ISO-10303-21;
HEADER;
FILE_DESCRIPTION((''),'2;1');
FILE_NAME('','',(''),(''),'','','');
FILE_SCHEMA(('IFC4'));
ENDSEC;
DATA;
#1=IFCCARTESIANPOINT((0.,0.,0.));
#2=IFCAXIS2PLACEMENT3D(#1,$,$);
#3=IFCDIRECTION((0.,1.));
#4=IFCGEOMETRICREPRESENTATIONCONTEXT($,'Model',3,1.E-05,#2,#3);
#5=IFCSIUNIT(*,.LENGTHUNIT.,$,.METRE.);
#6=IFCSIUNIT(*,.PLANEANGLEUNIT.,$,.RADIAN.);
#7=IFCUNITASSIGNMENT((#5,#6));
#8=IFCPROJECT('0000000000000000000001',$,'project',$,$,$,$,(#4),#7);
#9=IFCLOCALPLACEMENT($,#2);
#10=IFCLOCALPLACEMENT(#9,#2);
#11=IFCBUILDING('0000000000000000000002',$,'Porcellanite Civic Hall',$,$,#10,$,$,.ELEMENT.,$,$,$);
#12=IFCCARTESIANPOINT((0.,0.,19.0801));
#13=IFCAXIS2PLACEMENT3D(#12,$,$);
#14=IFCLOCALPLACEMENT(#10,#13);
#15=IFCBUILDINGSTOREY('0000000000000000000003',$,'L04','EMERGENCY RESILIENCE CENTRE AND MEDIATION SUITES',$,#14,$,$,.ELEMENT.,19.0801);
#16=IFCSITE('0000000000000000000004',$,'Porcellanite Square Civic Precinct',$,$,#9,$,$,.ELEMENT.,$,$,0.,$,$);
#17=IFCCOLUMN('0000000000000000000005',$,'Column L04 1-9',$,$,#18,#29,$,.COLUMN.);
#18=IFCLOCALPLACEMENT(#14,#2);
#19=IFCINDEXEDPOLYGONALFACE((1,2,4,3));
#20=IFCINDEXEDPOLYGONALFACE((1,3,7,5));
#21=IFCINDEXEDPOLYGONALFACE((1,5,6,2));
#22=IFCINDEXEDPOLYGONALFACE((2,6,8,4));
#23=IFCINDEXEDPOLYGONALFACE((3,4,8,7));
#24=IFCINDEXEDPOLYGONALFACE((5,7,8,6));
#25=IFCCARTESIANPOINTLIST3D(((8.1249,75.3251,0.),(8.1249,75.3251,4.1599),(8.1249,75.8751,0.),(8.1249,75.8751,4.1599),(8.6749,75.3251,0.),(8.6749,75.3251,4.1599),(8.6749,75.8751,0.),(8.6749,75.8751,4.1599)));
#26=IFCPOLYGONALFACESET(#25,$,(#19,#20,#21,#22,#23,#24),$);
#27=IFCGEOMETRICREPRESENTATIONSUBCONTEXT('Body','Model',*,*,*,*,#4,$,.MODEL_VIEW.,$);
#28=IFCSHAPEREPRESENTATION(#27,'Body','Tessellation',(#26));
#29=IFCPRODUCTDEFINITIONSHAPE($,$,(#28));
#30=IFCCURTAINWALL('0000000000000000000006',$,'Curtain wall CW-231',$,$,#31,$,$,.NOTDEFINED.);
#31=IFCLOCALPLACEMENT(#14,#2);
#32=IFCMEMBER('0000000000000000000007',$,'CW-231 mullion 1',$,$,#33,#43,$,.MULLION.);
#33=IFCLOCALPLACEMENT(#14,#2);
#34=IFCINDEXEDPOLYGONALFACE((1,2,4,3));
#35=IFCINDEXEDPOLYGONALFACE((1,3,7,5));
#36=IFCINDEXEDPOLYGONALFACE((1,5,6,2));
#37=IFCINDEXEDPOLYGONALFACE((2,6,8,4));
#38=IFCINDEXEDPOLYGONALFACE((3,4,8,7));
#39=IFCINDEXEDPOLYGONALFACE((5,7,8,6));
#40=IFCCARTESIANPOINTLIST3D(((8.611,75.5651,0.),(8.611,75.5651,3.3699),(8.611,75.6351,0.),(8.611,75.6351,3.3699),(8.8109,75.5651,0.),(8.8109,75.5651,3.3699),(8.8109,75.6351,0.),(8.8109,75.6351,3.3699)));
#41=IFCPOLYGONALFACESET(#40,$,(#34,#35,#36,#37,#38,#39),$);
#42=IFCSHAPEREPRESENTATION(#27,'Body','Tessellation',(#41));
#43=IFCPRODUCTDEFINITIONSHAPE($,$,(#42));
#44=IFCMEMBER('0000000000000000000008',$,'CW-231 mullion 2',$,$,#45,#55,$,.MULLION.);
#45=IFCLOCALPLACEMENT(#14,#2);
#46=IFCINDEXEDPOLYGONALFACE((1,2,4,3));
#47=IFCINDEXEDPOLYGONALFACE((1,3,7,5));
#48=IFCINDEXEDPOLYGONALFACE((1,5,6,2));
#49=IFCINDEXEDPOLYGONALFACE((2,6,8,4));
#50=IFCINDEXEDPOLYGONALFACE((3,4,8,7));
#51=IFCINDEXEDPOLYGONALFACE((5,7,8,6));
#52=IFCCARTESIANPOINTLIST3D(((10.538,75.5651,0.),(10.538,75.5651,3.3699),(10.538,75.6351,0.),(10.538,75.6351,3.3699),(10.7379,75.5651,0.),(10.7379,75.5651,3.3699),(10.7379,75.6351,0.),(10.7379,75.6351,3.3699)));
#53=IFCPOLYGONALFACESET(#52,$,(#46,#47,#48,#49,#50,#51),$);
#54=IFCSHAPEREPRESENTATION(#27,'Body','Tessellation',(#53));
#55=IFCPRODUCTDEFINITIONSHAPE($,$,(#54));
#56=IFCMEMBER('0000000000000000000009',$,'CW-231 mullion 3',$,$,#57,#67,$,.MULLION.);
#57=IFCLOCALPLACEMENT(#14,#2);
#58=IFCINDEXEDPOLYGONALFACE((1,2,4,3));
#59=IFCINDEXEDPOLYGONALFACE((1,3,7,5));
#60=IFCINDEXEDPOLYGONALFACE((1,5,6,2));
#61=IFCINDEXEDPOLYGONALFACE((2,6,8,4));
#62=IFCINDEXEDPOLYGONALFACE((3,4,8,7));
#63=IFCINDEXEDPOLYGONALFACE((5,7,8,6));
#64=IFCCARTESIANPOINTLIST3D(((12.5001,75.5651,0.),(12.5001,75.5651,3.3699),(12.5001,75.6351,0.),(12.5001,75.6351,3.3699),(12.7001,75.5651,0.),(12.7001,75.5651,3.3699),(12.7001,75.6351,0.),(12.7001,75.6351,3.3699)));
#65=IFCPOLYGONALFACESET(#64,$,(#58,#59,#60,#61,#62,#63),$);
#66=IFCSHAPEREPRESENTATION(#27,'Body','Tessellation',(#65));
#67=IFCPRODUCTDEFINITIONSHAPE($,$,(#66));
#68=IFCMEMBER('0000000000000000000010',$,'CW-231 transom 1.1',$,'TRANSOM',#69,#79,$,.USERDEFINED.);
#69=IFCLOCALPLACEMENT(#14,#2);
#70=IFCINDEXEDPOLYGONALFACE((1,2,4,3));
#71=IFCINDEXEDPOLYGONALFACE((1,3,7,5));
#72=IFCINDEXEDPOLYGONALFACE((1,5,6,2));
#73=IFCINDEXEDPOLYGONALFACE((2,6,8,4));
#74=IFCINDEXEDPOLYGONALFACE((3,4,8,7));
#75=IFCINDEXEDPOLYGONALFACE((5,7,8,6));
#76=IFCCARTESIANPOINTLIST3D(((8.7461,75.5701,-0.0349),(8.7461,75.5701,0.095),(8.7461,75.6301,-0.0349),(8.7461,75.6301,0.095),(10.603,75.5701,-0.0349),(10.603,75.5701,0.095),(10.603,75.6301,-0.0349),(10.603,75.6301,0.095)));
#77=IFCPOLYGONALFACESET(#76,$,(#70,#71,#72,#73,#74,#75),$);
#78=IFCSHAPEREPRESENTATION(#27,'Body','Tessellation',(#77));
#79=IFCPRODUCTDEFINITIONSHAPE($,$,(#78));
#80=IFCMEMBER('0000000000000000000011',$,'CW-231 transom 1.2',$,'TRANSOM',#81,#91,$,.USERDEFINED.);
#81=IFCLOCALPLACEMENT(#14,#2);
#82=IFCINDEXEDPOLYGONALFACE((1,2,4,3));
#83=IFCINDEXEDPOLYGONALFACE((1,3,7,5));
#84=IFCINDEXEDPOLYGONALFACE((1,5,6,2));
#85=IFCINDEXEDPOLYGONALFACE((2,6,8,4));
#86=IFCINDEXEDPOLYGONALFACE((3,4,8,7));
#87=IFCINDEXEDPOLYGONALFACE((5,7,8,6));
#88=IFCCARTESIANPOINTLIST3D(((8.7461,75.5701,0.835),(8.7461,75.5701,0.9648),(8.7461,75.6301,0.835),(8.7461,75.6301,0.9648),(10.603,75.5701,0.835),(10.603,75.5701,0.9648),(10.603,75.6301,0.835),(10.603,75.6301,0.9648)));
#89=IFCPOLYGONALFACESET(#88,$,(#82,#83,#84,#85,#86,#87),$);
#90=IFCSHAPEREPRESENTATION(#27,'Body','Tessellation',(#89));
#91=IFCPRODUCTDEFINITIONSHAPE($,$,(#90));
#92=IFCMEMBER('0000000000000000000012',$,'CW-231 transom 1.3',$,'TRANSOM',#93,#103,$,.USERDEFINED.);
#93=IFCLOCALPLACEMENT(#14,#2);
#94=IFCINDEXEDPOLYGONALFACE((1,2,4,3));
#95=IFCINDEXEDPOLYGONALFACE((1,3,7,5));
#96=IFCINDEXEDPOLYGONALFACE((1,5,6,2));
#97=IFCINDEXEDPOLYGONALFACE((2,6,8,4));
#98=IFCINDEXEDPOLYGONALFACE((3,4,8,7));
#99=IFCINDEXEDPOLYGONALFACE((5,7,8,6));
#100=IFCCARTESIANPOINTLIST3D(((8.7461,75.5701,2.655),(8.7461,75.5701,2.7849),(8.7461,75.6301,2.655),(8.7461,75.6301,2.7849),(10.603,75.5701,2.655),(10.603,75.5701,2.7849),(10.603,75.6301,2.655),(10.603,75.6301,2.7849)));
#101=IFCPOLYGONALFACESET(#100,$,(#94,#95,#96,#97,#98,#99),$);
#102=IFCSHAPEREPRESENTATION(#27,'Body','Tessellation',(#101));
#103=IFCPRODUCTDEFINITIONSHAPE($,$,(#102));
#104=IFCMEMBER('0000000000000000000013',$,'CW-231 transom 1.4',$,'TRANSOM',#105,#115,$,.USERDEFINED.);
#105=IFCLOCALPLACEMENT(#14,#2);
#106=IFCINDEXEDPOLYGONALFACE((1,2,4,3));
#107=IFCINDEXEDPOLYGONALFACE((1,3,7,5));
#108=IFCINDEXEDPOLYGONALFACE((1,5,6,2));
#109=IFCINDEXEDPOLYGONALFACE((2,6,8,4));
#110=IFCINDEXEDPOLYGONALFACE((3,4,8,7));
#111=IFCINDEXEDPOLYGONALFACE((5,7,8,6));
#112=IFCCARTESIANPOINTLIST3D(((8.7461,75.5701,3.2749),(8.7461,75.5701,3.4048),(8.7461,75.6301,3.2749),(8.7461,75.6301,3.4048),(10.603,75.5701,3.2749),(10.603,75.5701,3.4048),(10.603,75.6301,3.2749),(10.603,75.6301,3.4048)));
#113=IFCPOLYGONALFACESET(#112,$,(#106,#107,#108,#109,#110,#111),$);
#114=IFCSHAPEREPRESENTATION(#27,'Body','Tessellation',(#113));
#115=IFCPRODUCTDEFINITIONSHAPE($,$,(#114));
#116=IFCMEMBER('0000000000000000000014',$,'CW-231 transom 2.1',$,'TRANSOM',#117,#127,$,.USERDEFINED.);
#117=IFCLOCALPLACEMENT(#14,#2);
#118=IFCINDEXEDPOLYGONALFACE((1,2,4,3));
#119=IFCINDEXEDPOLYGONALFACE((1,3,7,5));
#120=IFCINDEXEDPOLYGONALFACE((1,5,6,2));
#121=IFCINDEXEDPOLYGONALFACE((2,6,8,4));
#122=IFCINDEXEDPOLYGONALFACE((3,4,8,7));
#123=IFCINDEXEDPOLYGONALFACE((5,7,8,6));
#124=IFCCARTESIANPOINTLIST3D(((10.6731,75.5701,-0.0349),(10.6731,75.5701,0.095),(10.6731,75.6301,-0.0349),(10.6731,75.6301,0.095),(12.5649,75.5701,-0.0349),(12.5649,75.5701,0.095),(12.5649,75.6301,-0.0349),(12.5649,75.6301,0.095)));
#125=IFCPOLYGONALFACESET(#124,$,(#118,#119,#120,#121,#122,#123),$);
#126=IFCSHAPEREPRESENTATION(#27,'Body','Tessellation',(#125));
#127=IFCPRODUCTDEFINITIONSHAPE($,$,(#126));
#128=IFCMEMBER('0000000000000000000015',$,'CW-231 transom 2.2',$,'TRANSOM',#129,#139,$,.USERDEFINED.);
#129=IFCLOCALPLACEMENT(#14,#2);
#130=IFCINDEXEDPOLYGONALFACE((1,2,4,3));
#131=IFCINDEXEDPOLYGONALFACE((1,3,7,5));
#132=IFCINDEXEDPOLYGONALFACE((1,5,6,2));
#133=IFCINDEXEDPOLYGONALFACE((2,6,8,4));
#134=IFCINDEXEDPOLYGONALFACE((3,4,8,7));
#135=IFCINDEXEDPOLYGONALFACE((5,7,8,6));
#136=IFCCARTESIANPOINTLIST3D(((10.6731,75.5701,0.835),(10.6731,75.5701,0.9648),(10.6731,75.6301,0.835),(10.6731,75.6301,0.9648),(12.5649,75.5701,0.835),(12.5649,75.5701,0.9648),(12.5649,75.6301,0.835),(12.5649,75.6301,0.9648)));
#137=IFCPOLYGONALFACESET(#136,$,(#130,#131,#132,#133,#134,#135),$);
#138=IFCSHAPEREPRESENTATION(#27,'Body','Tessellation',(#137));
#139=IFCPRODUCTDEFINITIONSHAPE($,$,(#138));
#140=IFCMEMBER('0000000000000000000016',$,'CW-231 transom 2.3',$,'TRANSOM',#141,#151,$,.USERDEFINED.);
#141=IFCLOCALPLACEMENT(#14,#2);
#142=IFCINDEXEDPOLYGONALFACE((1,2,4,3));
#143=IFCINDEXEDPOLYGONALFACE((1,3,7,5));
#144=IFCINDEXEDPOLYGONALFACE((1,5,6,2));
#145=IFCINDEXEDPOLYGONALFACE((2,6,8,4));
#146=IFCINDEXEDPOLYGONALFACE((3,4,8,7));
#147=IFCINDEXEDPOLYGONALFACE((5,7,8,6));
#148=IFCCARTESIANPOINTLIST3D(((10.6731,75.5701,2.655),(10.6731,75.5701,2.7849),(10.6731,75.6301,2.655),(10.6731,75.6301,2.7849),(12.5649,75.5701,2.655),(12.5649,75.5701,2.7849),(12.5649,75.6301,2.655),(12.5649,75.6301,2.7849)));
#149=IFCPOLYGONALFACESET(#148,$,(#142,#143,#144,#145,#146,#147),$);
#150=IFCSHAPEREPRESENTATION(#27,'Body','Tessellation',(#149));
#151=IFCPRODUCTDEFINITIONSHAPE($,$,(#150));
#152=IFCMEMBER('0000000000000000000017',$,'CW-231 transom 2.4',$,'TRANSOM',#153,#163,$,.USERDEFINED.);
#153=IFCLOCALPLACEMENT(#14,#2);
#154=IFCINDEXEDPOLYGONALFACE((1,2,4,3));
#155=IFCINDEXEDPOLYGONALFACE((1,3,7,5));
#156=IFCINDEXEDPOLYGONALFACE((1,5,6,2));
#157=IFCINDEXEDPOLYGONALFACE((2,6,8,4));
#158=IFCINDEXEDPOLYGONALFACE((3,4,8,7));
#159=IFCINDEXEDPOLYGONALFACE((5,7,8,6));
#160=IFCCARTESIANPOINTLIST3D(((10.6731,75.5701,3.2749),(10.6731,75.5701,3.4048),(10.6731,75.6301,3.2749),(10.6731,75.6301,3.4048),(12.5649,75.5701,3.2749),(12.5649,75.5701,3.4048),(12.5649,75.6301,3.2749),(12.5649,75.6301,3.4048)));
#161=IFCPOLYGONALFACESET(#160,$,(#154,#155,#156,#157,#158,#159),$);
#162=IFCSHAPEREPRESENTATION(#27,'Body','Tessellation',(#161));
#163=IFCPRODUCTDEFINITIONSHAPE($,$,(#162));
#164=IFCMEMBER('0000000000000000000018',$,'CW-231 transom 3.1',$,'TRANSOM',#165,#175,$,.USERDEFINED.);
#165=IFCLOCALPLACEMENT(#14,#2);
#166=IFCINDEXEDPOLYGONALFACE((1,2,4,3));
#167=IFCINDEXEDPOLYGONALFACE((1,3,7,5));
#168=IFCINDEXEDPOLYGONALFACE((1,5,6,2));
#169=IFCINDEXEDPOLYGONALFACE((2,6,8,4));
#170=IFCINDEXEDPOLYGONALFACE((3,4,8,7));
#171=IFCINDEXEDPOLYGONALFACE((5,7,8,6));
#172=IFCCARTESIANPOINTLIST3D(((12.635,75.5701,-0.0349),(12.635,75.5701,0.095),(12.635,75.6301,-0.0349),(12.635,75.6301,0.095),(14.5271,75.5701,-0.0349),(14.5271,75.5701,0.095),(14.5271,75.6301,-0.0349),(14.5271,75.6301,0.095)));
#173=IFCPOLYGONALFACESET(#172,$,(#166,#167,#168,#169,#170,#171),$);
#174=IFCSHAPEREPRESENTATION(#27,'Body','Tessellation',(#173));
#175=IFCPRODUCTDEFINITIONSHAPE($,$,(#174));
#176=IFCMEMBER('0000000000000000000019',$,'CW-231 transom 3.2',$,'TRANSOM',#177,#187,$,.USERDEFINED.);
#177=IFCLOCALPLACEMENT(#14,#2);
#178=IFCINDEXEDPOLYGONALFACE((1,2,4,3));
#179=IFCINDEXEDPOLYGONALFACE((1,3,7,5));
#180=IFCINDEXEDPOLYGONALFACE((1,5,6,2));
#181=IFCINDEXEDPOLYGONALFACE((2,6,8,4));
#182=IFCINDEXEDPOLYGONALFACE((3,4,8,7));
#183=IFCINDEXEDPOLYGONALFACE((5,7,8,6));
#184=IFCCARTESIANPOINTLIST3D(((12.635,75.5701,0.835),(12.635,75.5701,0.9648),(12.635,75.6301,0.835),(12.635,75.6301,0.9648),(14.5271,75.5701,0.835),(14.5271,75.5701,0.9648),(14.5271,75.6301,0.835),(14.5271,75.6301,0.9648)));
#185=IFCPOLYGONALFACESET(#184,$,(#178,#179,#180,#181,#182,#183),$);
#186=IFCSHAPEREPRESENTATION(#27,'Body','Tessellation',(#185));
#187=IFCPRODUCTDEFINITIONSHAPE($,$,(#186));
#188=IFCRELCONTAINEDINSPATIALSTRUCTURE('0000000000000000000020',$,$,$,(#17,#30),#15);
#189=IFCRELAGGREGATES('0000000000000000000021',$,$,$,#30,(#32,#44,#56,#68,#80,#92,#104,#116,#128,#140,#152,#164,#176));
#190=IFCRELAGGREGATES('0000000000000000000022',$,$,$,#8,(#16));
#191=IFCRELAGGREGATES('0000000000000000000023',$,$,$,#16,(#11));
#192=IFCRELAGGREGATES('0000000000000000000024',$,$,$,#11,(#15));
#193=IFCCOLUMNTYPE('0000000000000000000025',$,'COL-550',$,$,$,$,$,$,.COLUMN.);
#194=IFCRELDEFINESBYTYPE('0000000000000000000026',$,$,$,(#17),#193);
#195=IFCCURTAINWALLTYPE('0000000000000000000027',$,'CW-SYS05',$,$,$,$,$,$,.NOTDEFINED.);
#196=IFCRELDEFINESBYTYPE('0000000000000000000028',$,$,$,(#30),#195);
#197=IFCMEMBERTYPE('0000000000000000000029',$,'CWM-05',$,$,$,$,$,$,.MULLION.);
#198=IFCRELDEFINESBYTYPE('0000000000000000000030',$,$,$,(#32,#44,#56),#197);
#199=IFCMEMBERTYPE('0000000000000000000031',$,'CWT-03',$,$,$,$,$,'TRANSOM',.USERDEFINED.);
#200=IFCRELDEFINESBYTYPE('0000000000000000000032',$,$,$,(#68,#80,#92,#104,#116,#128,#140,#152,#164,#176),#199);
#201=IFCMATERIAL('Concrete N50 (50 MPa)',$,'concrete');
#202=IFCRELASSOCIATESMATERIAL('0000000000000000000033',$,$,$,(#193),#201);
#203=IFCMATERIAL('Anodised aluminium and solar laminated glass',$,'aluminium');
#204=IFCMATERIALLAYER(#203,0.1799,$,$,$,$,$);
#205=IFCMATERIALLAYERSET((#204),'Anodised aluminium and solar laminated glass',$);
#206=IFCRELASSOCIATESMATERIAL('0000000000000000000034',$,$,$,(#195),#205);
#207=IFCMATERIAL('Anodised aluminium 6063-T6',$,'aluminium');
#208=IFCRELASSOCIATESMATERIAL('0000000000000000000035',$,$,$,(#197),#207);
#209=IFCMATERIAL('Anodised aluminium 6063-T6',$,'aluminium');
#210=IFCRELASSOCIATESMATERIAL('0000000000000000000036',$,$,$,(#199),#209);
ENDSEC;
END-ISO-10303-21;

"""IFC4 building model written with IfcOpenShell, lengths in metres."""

from ifc_helpers import new_model, si_unit, direction, frame, origin, origin_2d, place, context, subcontext, project, spatial, rectangle, extrude, material, layer, layer_set, material_profile, profile_set, type_object, element, aggregate, save


model = new_model("IFC4")

# Units and contexts
model_context = context("Model", 3, precision=1e-05, world=origin(), true_north=direction((0.0, 1.0)))
body_context = subcontext(model_context, "Body", "Model", "MODEL_VIEW")
ifc_project = project(units=[si_unit("LENGTHUNIT", "METRE"), si_unit("PLANEANGLEUNIT", "RADIAN")], contexts=[model_context])

# Site, building, storey
site_placement = place(None, origin())
site = spatial("IfcSite", under=ifc_project, at=site_placement, Name="Porcellanite Square Civic Precinct", CompositionType="ELEMENT", RefElevation=0.0)
building_placement = place(site_placement, origin())
building = spatial("IfcBuilding", under=site, at=building_placement, Name="Porcellanite Civic Hall", CompositionType="ELEMENT")
storey_placement = place(building_placement, frame((0.0, 0.0, 19.0801)))
storey = spatial("IfcBuildingStorey", under=building, at=storey_placement, Name="L04", Description="EMERGENCY RESILIENCE CENTRE AND MEDIATION SUITES", CompositionType="ELEMENT", Elevation=19.0801)

# Column
ifc_material_1 = material(Name="Concrete N50 (50 MPa)", Category="concrete")
ifc_material_profile_1 = material_profile(ifc_material_1, rectangle(XDim=0.55, YDim=0.55, at=origin_2d()), Name="RC-550x550")
ifc_profile_set_1 = profile_set([ifc_material_profile_1], Name="Concrete N50 (50 MPa)")
column_type = type_object("IfcColumnType", Name="COL-550", PredefinedType="COLUMN", material=ifc_profile_set_1)
column_placement = place(storey_placement, frame((8.3999, 75.6001, 0.0), z_axis=(0.0, 0.0, 1.0), x_axis=(1.0, 0.0, 0.0)))
element("IfcColumn", 1, at=column_placement, inside=storey, type_object=column_type, Name="Column L04 1-9", PredefinedType="COLUMN", context=body_context, shape_type="SweptSolid", body=[
    extrude(rectangle(XDim=0.55, YDim=0.55, at=origin_2d()), origin(), (0.0, 0.0, 1.0), 4.1599),
])

# Curtain wall, members
ifc_material_2 = material(Name="Anodised aluminium and solar laminated glass", Category="aluminium")
ifc_layer_1 = layer(ifc_material_2, 0.1799)
ifc_layer_set_1 = layer_set([ifc_layer_1], Name="Anodised aluminium and solar laminated glass")
curtain_wall_type = type_object("IfcCurtainWallType", Name="CW-SYS05", PredefinedType="NOTDEFINED", material=ifc_layer_set_1)
curtain_wall_placement = place(storey_placement, origin())
curtain_wall = element("IfcCurtainWall", 2, at=curtain_wall_placement, inside=storey, type_object=curtain_wall_type, Name="Curtain wall CW-231", PredefinedType="NOTDEFINED")
ifc_material_3 = material(Name="Anodised aluminium 6063-T6", Category="aluminium")
ifc_material_profile_2 = material_profile(ifc_material_3, rectangle(XDim=0.0701, YDim=0.2, at=origin_2d()), Name="AL-70x200")
ifc_profile_set_2 = profile_set([ifc_material_profile_2], Name="Anodised aluminium 6063-T6")
member_type_1 = type_object("IfcMemberType", Name="CWM-05", PredefinedType="MULLION", material=ifc_profile_set_2)
member_1_placement = place(storey_placement, frame((8.7109, 75.6001, 0.0), z_axis=(0.0, 0.0, 1.0), x_axis=(0.0, 1.0, 0.0)))
member_1 = element("IfcMember", 3, at=member_1_placement, type_object=member_type_1, Name="CW-231 mullion 1", PredefinedType="MULLION", context=body_context, shape_type="SweptSolid", body=[
    extrude(rectangle(XDim=0.0701, YDim=0.2, at=origin_2d()), origin(), (0.0, 0.0, 1.0), 3.3699),
])
member_2_placement = place(storey_placement, frame((10.6379, 75.6001, 0.0), z_axis=(0.0, 0.0, 1.0), x_axis=(0.0, 1.0, 0.0)))
member_2 = element("IfcMember", 4, at=member_2_placement, type_object=member_type_1, Name="CW-231 mullion 2", PredefinedType="MULLION", context=body_context, shape_type="SweptSolid", body=[
    extrude(rectangle(XDim=0.0701, YDim=0.2, at=origin_2d()), origin(), (0.0, 0.0, 1.0), 3.3699),
])
member_3_placement = place(storey_placement, frame((12.6001, 75.6001, 0.0), z_axis=(0.0, 0.0, 1.0), x_axis=(0.0, 1.0, 0.0)))
member_3 = element("IfcMember", 5, at=member_3_placement, type_object=member_type_1, Name="CW-231 mullion 3", PredefinedType="MULLION", context=body_context, shape_type="SweptSolid", body=[
    extrude(rectangle(XDim=0.0701, YDim=0.2, at=origin_2d()), origin(), (0.0, 0.0, 1.0), 3.3699),
])
ifc_material_4 = material(Name="Anodised aluminium 6063-T6", Category="aluminium")
ifc_material_profile_3 = material_profile(ifc_material_4, rectangle(XDim=0.0601, YDim=0.1299, at=origin_2d()), Name="AL-60x130")
ifc_profile_set_3 = profile_set([ifc_material_profile_3], Name="Anodised aluminium 6063-T6")
member_type_2 = type_object("IfcMemberType", Name="CWT-03", ElementType="TRANSOM", PredefinedType="USERDEFINED", material=ifc_profile_set_3)
member_4_placement = place(storey_placement, frame((8.7461, 75.6001, 0.03), z_axis=(1.0, 0.0, 0.0), x_axis=(0.0, 1.0, 0.0)))
member_4 = element("IfcMember", 6, at=member_4_placement, type_object=member_type_2, Name="CW-231 transom 1.1", ObjectType="TRANSOM", PredefinedType="USERDEFINED", context=body_context, shape_type="SweptSolid", body=[
    extrude(rectangle(XDim=0.0601, YDim=0.1299, at=origin_2d()), origin(), (0.0, 0.0, 1.0), 1.8569),
])
member_5_placement = place(storey_placement, frame((8.7461, 75.6001, 0.8999), z_axis=(1.0, 0.0, 0.0), x_axis=(0.0, 1.0, 0.0)))
member_5 = element("IfcMember", 7, at=member_5_placement, type_object=member_type_2, Name="CW-231 transom 1.2", ObjectType="TRANSOM", PredefinedType="USERDEFINED", context=body_context, shape_type="SweptSolid", body=[
    extrude(rectangle(XDim=0.0601, YDim=0.1299, at=origin_2d()), origin(), (0.0, 0.0, 1.0), 1.8569),
])
member_6_placement = place(storey_placement, frame((8.7461, 75.6001, 2.72), z_axis=(1.0, 0.0, 0.0), x_axis=(0.0, 1.0, 0.0)))
member_6 = element("IfcMember", 8, at=member_6_placement, type_object=member_type_2, Name="CW-231 transom 1.3", ObjectType="TRANSOM", PredefinedType="USERDEFINED", context=body_context, shape_type="SweptSolid", body=[
    extrude(rectangle(XDim=0.0601, YDim=0.1299, at=origin_2d()), origin(), (0.0, 0.0, 1.0), 1.8569),
])
member_7_placement = place(storey_placement, frame((8.7461, 75.6001, 3.3398), z_axis=(1.0, 0.0, 0.0), x_axis=(0.0, 1.0, 0.0)))
member_7 = element("IfcMember", 9, at=member_7_placement, type_object=member_type_2, Name="CW-231 transom 1.4", ObjectType="TRANSOM", PredefinedType="USERDEFINED", context=body_context, shape_type="SweptSolid", body=[
    extrude(rectangle(XDim=0.0601, YDim=0.1299, at=origin_2d()), origin(), (0.0, 0.0, 1.0), 1.8569),
])
member_8_placement = place(storey_placement, frame((10.6731, 75.6001, 0.03), z_axis=(1.0, 0.0, 0.0), x_axis=(0.0, 1.0, 0.0)))
member_8 = element("IfcMember", 10, at=member_8_placement, type_object=member_type_2, Name="CW-231 transom 2.1", ObjectType="TRANSOM", PredefinedType="USERDEFINED", context=body_context, shape_type="SweptSolid", body=[
    extrude(rectangle(XDim=0.0601, YDim=0.1299, at=origin_2d()), origin(), (0.0, 0.0, 1.0), 1.8918),
])
member_9_placement = place(storey_placement, frame((10.6731, 75.6001, 0.8999), z_axis=(1.0, 0.0, 0.0), x_axis=(0.0, 1.0, 0.0)))
member_9 = element("IfcMember", 11, at=member_9_placement, type_object=member_type_2, Name="CW-231 transom 2.2", ObjectType="TRANSOM", PredefinedType="USERDEFINED", context=body_context, shape_type="SweptSolid", body=[
    extrude(rectangle(XDim=0.0601, YDim=0.1299, at=origin_2d()), origin(), (0.0, 0.0, 1.0), 1.8918),
])
member_10_placement = place(storey_placement, frame((10.6731, 75.6001, 2.72), z_axis=(1.0, 0.0, 0.0), x_axis=(0.0, 1.0, 0.0)))
member_10 = element("IfcMember", 12, at=member_10_placement, type_object=member_type_2, Name="CW-231 transom 2.3", ObjectType="TRANSOM", PredefinedType="USERDEFINED", context=body_context, shape_type="SweptSolid", body=[
    extrude(rectangle(XDim=0.0601, YDim=0.1299, at=origin_2d()), origin(), (0.0, 0.0, 1.0), 1.8918),
])
member_11_placement = place(storey_placement, frame((10.6731, 75.6001, 3.3398), z_axis=(1.0, 0.0, 0.0), x_axis=(0.0, 1.0, 0.0)))
member_11 = element("IfcMember", 13, at=member_11_placement, type_object=member_type_2, Name="CW-231 transom 2.4", ObjectType="TRANSOM", PredefinedType="USERDEFINED", context=body_context, shape_type="SweptSolid", body=[
    extrude(rectangle(XDim=0.0601, YDim=0.1299, at=origin_2d()), origin(), (0.0, 0.0, 1.0), 1.8918),
])
member_12_placement = place(storey_placement, frame((12.635, 75.6001, 0.03), z_axis=(1.0, 0.0, 0.0), x_axis=(0.0, 1.0, 0.0)))
member_12 = element("IfcMember", 14, at=member_12_placement, type_object=member_type_2, Name="CW-231 transom 3.1", ObjectType="TRANSOM", PredefinedType="USERDEFINED", context=body_context, shape_type="SweptSolid", body=[
    extrude(rectangle(XDim=0.0601, YDim=0.1299, at=origin_2d()), origin(), (0.0, 0.0, 1.0), 1.8921),
])
member_13_placement = place(storey_placement, frame((12.635, 75.6001, 0.8999), z_axis=(1.0, 0.0, 0.0), x_axis=(0.0, 1.0, 0.0)))
member_13 = element("IfcMember", 15, at=member_13_placement, type_object=member_type_2, Name="CW-231 transom 3.2", ObjectType="TRANSOM", PredefinedType="USERDEFINED", context=body_context, shape_type="SweptSolid", body=[
    extrude(rectangle(XDim=0.0601, YDim=0.1299, at=origin_2d()), origin(), (0.0, 0.0, 1.0), 1.8921),
])

aggregate(curtain_wall, [member_1, member_2, member_3, member_4, member_5, member_6, member_7, member_8, member_9, member_10, member_11, member_12, member_13])

save(model, "model.ifc")
